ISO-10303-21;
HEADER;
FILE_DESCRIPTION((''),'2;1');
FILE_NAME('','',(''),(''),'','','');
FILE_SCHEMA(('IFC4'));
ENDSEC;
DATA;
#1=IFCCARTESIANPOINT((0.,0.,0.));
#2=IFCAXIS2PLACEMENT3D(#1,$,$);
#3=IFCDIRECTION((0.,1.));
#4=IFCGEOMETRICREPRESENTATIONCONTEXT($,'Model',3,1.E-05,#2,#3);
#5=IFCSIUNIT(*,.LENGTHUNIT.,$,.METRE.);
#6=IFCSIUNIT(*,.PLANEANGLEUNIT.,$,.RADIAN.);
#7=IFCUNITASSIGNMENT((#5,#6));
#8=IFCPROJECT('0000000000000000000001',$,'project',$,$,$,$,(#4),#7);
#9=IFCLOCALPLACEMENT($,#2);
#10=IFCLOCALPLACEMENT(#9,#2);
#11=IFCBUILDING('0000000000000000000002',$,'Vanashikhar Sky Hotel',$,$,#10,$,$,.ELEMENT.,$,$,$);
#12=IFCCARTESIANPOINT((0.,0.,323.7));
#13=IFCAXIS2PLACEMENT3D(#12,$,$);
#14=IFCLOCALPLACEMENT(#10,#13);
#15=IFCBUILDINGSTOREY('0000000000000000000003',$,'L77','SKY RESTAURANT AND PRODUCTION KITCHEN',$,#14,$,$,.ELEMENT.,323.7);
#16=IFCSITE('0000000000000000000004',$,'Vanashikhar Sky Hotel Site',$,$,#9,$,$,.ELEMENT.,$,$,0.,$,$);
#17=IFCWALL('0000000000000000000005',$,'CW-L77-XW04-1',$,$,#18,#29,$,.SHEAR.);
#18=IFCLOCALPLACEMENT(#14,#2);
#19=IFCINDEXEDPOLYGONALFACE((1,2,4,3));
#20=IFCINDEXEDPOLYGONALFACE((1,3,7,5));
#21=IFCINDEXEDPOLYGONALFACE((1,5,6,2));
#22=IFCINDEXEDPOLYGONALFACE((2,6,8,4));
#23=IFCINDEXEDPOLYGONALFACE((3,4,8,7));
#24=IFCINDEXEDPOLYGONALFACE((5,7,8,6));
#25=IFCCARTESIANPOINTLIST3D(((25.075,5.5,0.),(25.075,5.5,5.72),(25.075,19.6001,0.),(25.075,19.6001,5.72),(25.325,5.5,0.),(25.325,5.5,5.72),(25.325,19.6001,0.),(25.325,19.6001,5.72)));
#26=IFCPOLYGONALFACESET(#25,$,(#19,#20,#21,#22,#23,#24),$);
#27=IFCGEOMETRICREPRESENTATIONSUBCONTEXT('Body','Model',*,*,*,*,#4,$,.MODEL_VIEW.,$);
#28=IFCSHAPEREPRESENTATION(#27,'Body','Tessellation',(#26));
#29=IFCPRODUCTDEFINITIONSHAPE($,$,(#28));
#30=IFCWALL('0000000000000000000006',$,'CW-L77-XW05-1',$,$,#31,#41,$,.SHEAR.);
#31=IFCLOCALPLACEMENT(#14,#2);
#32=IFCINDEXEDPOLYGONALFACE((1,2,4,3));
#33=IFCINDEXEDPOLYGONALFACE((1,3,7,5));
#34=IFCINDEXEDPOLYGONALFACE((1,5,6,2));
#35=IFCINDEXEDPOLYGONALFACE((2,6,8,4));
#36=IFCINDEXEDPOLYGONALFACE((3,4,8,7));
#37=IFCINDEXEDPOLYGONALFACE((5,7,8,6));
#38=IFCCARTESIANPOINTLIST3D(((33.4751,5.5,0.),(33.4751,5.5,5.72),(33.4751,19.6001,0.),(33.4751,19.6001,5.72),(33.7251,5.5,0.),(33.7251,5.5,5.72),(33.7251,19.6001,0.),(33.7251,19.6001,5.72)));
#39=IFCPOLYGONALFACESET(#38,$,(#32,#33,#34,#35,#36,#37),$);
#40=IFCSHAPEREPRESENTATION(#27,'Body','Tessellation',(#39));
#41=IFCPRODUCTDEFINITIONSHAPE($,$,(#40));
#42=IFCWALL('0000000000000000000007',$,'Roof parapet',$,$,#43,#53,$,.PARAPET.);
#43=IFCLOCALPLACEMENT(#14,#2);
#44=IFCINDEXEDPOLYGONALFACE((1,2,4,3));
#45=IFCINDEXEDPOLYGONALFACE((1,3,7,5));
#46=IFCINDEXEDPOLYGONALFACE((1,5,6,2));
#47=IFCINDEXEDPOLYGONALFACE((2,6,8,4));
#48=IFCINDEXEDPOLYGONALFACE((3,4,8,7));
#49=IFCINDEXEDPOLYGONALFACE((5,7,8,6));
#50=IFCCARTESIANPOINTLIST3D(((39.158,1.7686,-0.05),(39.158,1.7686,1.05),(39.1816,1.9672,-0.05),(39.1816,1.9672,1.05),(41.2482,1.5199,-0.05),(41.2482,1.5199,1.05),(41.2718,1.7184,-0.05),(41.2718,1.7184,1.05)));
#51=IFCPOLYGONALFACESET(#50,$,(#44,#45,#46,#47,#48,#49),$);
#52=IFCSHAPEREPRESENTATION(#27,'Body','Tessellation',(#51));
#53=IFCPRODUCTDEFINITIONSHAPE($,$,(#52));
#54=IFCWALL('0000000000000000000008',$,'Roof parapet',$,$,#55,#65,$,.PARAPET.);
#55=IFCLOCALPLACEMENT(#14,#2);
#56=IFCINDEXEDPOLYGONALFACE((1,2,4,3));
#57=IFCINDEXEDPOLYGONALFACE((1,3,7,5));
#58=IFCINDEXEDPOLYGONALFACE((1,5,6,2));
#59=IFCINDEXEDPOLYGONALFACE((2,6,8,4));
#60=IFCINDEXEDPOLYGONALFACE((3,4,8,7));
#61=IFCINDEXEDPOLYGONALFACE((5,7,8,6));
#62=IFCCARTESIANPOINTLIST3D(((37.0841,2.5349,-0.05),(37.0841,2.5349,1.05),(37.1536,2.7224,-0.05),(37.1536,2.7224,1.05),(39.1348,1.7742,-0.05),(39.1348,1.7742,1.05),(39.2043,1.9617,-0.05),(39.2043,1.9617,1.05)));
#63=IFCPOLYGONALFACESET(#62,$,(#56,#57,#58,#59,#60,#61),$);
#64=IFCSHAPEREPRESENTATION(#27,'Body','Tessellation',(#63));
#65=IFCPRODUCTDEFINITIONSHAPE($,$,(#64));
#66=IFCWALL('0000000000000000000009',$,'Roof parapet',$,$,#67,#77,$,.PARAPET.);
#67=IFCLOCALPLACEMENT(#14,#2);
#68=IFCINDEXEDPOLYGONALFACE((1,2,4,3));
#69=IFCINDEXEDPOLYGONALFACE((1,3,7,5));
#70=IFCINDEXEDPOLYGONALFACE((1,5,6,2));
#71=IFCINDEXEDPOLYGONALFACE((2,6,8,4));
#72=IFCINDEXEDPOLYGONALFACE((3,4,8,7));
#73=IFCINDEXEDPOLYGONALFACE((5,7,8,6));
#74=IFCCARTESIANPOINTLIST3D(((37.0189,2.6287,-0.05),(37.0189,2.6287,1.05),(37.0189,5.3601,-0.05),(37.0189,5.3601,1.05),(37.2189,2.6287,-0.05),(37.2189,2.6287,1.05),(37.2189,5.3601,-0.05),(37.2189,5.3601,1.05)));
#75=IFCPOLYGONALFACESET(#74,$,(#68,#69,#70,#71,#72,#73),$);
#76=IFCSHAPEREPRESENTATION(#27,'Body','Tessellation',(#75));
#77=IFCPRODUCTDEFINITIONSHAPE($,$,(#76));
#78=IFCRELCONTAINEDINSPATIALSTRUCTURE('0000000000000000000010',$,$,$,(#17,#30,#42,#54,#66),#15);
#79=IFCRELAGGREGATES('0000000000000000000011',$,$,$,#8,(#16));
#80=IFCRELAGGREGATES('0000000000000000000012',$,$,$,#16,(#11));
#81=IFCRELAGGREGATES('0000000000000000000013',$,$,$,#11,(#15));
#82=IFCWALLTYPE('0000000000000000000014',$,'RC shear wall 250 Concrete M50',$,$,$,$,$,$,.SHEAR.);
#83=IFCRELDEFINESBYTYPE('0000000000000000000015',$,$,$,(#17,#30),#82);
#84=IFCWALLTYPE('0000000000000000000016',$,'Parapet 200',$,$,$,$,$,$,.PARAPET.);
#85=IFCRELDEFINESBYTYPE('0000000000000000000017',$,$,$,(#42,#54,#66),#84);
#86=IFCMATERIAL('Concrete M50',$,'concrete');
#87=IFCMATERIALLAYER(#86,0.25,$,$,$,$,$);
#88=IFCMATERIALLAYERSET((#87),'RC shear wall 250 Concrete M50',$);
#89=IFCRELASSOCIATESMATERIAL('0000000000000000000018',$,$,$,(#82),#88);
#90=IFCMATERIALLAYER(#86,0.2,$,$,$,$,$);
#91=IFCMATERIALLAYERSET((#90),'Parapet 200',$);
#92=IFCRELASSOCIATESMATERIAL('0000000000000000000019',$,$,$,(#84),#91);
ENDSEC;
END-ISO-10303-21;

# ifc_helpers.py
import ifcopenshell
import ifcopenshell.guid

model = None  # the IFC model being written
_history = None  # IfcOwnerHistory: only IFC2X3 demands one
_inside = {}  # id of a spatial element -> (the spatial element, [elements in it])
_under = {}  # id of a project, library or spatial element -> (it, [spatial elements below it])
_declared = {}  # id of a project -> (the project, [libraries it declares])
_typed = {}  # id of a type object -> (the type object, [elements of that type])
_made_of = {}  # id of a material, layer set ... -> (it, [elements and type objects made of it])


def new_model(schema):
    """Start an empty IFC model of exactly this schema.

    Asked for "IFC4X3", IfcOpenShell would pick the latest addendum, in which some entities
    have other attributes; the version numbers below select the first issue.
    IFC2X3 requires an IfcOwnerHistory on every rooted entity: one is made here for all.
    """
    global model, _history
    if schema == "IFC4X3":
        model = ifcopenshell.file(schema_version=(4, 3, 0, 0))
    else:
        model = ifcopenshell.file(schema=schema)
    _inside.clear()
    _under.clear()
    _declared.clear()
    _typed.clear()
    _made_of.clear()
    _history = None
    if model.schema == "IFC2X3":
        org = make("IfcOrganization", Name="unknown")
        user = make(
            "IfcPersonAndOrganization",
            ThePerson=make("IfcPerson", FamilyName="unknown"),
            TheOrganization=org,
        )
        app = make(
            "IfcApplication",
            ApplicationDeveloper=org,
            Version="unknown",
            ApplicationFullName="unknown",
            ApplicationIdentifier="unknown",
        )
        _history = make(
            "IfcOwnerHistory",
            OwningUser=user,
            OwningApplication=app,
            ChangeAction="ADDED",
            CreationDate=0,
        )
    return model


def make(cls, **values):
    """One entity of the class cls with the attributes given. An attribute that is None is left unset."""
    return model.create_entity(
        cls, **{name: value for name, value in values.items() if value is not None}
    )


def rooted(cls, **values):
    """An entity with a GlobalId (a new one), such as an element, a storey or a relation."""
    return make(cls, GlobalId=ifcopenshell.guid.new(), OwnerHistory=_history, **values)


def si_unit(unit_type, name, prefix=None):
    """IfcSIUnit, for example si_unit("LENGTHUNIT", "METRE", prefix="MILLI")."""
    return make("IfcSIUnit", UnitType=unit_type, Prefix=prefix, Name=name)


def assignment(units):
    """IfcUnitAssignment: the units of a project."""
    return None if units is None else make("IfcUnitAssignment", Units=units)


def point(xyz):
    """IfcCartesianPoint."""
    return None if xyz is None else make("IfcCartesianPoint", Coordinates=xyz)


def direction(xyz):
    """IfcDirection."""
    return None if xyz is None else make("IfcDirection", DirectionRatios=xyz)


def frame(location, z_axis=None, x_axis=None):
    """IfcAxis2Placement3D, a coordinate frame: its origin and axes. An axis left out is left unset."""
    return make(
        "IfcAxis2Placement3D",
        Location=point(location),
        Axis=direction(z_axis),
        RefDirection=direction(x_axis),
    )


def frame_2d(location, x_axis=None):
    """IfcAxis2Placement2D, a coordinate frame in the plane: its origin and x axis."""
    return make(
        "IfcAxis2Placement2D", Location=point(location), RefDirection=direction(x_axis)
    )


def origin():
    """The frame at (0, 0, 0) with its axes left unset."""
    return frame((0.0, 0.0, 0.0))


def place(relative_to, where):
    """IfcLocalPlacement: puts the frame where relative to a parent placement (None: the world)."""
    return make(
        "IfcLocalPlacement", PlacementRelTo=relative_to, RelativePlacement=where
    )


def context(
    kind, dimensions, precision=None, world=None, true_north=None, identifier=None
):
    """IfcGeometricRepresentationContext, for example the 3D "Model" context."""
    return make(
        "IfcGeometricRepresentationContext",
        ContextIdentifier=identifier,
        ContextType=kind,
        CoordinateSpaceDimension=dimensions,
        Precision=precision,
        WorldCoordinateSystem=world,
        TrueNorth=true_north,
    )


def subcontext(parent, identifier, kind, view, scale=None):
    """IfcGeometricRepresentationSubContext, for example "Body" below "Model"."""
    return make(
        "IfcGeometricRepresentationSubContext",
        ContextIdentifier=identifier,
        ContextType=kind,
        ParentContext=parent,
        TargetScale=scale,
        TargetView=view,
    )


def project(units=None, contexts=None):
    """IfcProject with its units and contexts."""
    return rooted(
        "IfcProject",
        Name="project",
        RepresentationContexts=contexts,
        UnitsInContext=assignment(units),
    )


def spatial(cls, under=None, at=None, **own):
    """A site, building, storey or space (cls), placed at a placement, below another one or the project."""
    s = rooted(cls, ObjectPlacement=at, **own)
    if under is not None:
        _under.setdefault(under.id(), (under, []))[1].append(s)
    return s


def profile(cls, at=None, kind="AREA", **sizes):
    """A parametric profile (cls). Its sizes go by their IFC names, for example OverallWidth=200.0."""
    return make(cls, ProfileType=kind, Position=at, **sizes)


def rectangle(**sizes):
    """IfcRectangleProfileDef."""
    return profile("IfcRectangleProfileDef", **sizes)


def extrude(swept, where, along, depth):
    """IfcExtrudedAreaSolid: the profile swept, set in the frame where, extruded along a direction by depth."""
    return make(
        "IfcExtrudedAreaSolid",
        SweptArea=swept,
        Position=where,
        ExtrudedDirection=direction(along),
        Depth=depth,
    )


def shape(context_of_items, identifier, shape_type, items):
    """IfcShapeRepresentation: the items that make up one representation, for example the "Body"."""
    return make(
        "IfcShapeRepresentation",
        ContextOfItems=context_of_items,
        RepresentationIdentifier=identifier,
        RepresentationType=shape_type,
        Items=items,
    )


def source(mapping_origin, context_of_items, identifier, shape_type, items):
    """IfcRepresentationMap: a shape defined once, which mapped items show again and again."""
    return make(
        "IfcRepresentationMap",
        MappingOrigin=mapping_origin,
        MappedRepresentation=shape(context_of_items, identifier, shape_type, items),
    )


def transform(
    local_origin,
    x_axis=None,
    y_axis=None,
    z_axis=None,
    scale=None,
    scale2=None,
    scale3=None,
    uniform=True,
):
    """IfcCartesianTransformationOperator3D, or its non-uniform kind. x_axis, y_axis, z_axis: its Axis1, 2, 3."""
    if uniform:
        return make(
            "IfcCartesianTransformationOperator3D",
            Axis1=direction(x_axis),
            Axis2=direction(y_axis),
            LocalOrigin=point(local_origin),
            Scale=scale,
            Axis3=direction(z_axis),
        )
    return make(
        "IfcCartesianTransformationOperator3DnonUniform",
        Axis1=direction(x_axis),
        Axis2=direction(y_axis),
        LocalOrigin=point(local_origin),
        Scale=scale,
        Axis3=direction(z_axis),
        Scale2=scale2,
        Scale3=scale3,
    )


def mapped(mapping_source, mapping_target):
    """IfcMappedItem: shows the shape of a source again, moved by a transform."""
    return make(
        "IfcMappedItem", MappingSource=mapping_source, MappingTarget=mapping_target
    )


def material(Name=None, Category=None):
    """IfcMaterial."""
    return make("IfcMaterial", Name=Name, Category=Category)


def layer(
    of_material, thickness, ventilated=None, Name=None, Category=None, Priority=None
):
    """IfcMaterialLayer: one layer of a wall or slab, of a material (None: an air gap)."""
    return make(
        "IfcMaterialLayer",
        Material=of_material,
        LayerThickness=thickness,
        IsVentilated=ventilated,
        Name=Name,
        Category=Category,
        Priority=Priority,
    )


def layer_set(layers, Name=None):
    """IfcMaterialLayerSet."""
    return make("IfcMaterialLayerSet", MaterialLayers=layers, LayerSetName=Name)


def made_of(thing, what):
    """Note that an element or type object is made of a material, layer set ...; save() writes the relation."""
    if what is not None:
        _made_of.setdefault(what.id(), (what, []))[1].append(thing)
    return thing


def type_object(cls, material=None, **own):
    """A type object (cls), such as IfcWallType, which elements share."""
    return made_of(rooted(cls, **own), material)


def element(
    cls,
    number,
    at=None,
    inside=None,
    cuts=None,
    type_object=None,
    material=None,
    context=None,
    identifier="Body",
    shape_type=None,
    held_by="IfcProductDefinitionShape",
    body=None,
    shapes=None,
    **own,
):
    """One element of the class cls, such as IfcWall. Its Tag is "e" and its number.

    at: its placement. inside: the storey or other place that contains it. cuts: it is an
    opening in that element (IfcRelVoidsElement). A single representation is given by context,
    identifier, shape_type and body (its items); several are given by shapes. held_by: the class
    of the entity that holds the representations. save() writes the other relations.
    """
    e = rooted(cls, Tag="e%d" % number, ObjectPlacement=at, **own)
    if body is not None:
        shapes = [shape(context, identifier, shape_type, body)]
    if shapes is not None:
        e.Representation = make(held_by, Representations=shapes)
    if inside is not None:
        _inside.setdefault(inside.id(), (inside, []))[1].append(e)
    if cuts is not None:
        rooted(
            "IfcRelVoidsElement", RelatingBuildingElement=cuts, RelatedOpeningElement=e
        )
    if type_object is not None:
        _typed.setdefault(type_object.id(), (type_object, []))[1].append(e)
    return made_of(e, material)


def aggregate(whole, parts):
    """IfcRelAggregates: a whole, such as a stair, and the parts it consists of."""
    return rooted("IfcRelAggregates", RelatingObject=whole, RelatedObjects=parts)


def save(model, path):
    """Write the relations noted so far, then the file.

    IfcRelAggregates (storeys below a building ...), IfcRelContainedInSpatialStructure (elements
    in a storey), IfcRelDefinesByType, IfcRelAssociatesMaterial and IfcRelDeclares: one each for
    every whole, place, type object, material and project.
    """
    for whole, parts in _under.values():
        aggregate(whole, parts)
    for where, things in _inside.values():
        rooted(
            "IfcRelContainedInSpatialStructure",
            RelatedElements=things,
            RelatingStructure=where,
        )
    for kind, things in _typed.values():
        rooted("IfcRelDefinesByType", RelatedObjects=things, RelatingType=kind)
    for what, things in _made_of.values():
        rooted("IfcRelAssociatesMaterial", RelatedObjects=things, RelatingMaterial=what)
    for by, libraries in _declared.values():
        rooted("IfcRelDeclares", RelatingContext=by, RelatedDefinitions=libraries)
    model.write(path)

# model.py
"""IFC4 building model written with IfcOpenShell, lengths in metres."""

from ifc_helpers import new_model, si_unit, direction, frame, frame_2d, origin, place, context, subcontext, project, spatial, rectangle, extrude, source, transform, mapped, material, layer, layer_set, type_object, element, save


model = new_model("IFC4")

# Units and contexts
model_context = context("Model", 3, precision=1e-05, world=origin(), true_north=direction((0.0, 1.0)))
body_context = subcontext(model_context, "Body", "Model", "MODEL_VIEW")
ifc_project = project(units=[si_unit("LENGTHUNIT", "METRE"), si_unit("PLANEANGLEUNIT", "RADIAN")], contexts=[model_context])

# Site, building, storey
site_placement = place(None, origin())
site = spatial("IfcSite", under=ifc_project, at=site_placement, Name="Vanashikhar Sky Hotel Site", CompositionType="ELEMENT", RefElevation=0.0)
building_placement = place(site_placement, origin())
building = spatial("IfcBuilding", under=site, at=building_placement, Name="Vanashikhar Sky Hotel", CompositionType="ELEMENT")
storey_placement = place(building_placement, frame((0.0, 0.0, 323.7)))
storey = spatial("IfcBuildingStorey", under=building, at=storey_placement, Name="L77", Description="SKY RESTAURANT AND PRODUCTION KITCHEN", CompositionType="ELEMENT", Elevation=323.7)

# Shared definitions
ifc_material_1 = material(Name="Concrete M50", Category="concrete")

# Walls
ifc_layer_1 = layer(ifc_material_1, 0.25)
ifc_layer_set_1 = layer_set([ifc_layer_1], Name="RC shear wall 250 Concrete M50")
wall_type_1 = type_object("IfcWallType", Name="RC shear wall 250 Concrete M50", PredefinedType="SHEAR", material=ifc_layer_set_1)
shared_shape_1 = source(origin(), body_context, "Body", "SweptSolid", [
    extrude(rectangle(XDim=14.1001, YDim=0.25, at=frame_2d((7.05, 0.0))), origin(), (0.0, 0.0, 1.0), 5.72),
])
for number, where, z_axis, x_axis, name in (
    (1, (25.2, 5.5, 0.0), (0.0, 0.0, 1.0), (0.0, 1.0, 0.0), "CW-L77-XW04-1"),
    (2, (33.6001, 5.5, 0.0), (0.0, 0.0, 1.0), (0.0, 1.0, 0.0), "CW-L77-XW05-1"),
):
    element("IfcWall", number, at=place(storey_placement, frame(where, z_axis=z_axis, x_axis=x_axis)), inside=storey, type_object=wall_type_1, Name=name, PredefinedType="SHEAR", context=body_context, shape_type="MappedRepresentation", body=[
        mapped(shared_shape_1, transform((0.0, 0.0, 0.0), scale=1.0)),
    ])
ifc_layer_2 = layer(ifc_material_1, 0.2)
ifc_layer_set_2 = layer_set([ifc_layer_2], Name="Parapet 200")
wall_type_2 = type_object("IfcWallType", Name="Parapet 200", PredefinedType="PARAPET", material=ifc_layer_set_2)
shared_shape_2 = source(origin(), body_context, "Body", "SweptSolid", [
    extrude(rectangle(XDim=2.105, YDim=0.2, at=frame_2d((1.0525, 0.0))), origin(), (0.0, 0.0, 1.0), 1.1001),
])
wall_1_placement = place(storey_placement, frame((41.26, 1.6191, -0.05), z_axis=(0.0, 0.0, 1.0), x_axis=(-0.992992, 0.11818, 0.0)))
element("IfcWall", 3, at=wall_1_placement, inside=storey, type_object=wall_type_2, Name="Roof parapet", PredefinedType="PARAPET", context=body_context, shape_type="MappedRepresentation", body=[
    mapped(shared_shape_2, transform((0.0, 0.0, 0.0), scale=1.0)),
])
shared_shape_3 = source(origin(), body_context, "Body", "SweptSolid", [
    extrude(rectangle(XDim=2.1873, YDim=0.2, at=frame_2d((1.0938, 0.0))), origin(), (0.0, 0.0, 1.0), 1.1001),
])
wall_2_placement = place(storey_placement, frame((39.1697, 1.8679, -0.05), z_axis=(0.0, 0.0, 1.0), x_axis=(-0.937571, 0.347794, 0.0)))
element("IfcWall", 4, at=wall_2_placement, inside=storey, type_object=wall_type_2, Name="Roof parapet", PredefinedType="PARAPET", context=body_context, shape_type="MappedRepresentation", body=[
    mapped(shared_shape_3, transform((0.0, 0.0, 0.0), scale=1.0)),
])
shared_shape_4 = source(origin(), body_context, "Body", "SweptSolid", [
    extrude(rectangle(XDim=2.7314, YDim=0.2, at=frame_2d((1.3657, 0.0))), origin(), (0.0, 0.0, 1.0), 1.1001),
])
wall_3_placement = place(storey_placement, frame((37.1189, 2.6287, -0.05), z_axis=(0.0, 0.0, 1.0), x_axis=(0.0, 1.0, 0.0)))
element("IfcWall", 5, at=wall_3_placement, inside=storey, type_object=wall_type_2, Name="Roof parapet", PredefinedType="PARAPET", context=body_context, shape_type="MappedRepresentation", body=[
    mapped(shared_shape_4, transform((0.0, 0.0, 0.0), scale=1.0)),
])

save(model, "model.ifc")
